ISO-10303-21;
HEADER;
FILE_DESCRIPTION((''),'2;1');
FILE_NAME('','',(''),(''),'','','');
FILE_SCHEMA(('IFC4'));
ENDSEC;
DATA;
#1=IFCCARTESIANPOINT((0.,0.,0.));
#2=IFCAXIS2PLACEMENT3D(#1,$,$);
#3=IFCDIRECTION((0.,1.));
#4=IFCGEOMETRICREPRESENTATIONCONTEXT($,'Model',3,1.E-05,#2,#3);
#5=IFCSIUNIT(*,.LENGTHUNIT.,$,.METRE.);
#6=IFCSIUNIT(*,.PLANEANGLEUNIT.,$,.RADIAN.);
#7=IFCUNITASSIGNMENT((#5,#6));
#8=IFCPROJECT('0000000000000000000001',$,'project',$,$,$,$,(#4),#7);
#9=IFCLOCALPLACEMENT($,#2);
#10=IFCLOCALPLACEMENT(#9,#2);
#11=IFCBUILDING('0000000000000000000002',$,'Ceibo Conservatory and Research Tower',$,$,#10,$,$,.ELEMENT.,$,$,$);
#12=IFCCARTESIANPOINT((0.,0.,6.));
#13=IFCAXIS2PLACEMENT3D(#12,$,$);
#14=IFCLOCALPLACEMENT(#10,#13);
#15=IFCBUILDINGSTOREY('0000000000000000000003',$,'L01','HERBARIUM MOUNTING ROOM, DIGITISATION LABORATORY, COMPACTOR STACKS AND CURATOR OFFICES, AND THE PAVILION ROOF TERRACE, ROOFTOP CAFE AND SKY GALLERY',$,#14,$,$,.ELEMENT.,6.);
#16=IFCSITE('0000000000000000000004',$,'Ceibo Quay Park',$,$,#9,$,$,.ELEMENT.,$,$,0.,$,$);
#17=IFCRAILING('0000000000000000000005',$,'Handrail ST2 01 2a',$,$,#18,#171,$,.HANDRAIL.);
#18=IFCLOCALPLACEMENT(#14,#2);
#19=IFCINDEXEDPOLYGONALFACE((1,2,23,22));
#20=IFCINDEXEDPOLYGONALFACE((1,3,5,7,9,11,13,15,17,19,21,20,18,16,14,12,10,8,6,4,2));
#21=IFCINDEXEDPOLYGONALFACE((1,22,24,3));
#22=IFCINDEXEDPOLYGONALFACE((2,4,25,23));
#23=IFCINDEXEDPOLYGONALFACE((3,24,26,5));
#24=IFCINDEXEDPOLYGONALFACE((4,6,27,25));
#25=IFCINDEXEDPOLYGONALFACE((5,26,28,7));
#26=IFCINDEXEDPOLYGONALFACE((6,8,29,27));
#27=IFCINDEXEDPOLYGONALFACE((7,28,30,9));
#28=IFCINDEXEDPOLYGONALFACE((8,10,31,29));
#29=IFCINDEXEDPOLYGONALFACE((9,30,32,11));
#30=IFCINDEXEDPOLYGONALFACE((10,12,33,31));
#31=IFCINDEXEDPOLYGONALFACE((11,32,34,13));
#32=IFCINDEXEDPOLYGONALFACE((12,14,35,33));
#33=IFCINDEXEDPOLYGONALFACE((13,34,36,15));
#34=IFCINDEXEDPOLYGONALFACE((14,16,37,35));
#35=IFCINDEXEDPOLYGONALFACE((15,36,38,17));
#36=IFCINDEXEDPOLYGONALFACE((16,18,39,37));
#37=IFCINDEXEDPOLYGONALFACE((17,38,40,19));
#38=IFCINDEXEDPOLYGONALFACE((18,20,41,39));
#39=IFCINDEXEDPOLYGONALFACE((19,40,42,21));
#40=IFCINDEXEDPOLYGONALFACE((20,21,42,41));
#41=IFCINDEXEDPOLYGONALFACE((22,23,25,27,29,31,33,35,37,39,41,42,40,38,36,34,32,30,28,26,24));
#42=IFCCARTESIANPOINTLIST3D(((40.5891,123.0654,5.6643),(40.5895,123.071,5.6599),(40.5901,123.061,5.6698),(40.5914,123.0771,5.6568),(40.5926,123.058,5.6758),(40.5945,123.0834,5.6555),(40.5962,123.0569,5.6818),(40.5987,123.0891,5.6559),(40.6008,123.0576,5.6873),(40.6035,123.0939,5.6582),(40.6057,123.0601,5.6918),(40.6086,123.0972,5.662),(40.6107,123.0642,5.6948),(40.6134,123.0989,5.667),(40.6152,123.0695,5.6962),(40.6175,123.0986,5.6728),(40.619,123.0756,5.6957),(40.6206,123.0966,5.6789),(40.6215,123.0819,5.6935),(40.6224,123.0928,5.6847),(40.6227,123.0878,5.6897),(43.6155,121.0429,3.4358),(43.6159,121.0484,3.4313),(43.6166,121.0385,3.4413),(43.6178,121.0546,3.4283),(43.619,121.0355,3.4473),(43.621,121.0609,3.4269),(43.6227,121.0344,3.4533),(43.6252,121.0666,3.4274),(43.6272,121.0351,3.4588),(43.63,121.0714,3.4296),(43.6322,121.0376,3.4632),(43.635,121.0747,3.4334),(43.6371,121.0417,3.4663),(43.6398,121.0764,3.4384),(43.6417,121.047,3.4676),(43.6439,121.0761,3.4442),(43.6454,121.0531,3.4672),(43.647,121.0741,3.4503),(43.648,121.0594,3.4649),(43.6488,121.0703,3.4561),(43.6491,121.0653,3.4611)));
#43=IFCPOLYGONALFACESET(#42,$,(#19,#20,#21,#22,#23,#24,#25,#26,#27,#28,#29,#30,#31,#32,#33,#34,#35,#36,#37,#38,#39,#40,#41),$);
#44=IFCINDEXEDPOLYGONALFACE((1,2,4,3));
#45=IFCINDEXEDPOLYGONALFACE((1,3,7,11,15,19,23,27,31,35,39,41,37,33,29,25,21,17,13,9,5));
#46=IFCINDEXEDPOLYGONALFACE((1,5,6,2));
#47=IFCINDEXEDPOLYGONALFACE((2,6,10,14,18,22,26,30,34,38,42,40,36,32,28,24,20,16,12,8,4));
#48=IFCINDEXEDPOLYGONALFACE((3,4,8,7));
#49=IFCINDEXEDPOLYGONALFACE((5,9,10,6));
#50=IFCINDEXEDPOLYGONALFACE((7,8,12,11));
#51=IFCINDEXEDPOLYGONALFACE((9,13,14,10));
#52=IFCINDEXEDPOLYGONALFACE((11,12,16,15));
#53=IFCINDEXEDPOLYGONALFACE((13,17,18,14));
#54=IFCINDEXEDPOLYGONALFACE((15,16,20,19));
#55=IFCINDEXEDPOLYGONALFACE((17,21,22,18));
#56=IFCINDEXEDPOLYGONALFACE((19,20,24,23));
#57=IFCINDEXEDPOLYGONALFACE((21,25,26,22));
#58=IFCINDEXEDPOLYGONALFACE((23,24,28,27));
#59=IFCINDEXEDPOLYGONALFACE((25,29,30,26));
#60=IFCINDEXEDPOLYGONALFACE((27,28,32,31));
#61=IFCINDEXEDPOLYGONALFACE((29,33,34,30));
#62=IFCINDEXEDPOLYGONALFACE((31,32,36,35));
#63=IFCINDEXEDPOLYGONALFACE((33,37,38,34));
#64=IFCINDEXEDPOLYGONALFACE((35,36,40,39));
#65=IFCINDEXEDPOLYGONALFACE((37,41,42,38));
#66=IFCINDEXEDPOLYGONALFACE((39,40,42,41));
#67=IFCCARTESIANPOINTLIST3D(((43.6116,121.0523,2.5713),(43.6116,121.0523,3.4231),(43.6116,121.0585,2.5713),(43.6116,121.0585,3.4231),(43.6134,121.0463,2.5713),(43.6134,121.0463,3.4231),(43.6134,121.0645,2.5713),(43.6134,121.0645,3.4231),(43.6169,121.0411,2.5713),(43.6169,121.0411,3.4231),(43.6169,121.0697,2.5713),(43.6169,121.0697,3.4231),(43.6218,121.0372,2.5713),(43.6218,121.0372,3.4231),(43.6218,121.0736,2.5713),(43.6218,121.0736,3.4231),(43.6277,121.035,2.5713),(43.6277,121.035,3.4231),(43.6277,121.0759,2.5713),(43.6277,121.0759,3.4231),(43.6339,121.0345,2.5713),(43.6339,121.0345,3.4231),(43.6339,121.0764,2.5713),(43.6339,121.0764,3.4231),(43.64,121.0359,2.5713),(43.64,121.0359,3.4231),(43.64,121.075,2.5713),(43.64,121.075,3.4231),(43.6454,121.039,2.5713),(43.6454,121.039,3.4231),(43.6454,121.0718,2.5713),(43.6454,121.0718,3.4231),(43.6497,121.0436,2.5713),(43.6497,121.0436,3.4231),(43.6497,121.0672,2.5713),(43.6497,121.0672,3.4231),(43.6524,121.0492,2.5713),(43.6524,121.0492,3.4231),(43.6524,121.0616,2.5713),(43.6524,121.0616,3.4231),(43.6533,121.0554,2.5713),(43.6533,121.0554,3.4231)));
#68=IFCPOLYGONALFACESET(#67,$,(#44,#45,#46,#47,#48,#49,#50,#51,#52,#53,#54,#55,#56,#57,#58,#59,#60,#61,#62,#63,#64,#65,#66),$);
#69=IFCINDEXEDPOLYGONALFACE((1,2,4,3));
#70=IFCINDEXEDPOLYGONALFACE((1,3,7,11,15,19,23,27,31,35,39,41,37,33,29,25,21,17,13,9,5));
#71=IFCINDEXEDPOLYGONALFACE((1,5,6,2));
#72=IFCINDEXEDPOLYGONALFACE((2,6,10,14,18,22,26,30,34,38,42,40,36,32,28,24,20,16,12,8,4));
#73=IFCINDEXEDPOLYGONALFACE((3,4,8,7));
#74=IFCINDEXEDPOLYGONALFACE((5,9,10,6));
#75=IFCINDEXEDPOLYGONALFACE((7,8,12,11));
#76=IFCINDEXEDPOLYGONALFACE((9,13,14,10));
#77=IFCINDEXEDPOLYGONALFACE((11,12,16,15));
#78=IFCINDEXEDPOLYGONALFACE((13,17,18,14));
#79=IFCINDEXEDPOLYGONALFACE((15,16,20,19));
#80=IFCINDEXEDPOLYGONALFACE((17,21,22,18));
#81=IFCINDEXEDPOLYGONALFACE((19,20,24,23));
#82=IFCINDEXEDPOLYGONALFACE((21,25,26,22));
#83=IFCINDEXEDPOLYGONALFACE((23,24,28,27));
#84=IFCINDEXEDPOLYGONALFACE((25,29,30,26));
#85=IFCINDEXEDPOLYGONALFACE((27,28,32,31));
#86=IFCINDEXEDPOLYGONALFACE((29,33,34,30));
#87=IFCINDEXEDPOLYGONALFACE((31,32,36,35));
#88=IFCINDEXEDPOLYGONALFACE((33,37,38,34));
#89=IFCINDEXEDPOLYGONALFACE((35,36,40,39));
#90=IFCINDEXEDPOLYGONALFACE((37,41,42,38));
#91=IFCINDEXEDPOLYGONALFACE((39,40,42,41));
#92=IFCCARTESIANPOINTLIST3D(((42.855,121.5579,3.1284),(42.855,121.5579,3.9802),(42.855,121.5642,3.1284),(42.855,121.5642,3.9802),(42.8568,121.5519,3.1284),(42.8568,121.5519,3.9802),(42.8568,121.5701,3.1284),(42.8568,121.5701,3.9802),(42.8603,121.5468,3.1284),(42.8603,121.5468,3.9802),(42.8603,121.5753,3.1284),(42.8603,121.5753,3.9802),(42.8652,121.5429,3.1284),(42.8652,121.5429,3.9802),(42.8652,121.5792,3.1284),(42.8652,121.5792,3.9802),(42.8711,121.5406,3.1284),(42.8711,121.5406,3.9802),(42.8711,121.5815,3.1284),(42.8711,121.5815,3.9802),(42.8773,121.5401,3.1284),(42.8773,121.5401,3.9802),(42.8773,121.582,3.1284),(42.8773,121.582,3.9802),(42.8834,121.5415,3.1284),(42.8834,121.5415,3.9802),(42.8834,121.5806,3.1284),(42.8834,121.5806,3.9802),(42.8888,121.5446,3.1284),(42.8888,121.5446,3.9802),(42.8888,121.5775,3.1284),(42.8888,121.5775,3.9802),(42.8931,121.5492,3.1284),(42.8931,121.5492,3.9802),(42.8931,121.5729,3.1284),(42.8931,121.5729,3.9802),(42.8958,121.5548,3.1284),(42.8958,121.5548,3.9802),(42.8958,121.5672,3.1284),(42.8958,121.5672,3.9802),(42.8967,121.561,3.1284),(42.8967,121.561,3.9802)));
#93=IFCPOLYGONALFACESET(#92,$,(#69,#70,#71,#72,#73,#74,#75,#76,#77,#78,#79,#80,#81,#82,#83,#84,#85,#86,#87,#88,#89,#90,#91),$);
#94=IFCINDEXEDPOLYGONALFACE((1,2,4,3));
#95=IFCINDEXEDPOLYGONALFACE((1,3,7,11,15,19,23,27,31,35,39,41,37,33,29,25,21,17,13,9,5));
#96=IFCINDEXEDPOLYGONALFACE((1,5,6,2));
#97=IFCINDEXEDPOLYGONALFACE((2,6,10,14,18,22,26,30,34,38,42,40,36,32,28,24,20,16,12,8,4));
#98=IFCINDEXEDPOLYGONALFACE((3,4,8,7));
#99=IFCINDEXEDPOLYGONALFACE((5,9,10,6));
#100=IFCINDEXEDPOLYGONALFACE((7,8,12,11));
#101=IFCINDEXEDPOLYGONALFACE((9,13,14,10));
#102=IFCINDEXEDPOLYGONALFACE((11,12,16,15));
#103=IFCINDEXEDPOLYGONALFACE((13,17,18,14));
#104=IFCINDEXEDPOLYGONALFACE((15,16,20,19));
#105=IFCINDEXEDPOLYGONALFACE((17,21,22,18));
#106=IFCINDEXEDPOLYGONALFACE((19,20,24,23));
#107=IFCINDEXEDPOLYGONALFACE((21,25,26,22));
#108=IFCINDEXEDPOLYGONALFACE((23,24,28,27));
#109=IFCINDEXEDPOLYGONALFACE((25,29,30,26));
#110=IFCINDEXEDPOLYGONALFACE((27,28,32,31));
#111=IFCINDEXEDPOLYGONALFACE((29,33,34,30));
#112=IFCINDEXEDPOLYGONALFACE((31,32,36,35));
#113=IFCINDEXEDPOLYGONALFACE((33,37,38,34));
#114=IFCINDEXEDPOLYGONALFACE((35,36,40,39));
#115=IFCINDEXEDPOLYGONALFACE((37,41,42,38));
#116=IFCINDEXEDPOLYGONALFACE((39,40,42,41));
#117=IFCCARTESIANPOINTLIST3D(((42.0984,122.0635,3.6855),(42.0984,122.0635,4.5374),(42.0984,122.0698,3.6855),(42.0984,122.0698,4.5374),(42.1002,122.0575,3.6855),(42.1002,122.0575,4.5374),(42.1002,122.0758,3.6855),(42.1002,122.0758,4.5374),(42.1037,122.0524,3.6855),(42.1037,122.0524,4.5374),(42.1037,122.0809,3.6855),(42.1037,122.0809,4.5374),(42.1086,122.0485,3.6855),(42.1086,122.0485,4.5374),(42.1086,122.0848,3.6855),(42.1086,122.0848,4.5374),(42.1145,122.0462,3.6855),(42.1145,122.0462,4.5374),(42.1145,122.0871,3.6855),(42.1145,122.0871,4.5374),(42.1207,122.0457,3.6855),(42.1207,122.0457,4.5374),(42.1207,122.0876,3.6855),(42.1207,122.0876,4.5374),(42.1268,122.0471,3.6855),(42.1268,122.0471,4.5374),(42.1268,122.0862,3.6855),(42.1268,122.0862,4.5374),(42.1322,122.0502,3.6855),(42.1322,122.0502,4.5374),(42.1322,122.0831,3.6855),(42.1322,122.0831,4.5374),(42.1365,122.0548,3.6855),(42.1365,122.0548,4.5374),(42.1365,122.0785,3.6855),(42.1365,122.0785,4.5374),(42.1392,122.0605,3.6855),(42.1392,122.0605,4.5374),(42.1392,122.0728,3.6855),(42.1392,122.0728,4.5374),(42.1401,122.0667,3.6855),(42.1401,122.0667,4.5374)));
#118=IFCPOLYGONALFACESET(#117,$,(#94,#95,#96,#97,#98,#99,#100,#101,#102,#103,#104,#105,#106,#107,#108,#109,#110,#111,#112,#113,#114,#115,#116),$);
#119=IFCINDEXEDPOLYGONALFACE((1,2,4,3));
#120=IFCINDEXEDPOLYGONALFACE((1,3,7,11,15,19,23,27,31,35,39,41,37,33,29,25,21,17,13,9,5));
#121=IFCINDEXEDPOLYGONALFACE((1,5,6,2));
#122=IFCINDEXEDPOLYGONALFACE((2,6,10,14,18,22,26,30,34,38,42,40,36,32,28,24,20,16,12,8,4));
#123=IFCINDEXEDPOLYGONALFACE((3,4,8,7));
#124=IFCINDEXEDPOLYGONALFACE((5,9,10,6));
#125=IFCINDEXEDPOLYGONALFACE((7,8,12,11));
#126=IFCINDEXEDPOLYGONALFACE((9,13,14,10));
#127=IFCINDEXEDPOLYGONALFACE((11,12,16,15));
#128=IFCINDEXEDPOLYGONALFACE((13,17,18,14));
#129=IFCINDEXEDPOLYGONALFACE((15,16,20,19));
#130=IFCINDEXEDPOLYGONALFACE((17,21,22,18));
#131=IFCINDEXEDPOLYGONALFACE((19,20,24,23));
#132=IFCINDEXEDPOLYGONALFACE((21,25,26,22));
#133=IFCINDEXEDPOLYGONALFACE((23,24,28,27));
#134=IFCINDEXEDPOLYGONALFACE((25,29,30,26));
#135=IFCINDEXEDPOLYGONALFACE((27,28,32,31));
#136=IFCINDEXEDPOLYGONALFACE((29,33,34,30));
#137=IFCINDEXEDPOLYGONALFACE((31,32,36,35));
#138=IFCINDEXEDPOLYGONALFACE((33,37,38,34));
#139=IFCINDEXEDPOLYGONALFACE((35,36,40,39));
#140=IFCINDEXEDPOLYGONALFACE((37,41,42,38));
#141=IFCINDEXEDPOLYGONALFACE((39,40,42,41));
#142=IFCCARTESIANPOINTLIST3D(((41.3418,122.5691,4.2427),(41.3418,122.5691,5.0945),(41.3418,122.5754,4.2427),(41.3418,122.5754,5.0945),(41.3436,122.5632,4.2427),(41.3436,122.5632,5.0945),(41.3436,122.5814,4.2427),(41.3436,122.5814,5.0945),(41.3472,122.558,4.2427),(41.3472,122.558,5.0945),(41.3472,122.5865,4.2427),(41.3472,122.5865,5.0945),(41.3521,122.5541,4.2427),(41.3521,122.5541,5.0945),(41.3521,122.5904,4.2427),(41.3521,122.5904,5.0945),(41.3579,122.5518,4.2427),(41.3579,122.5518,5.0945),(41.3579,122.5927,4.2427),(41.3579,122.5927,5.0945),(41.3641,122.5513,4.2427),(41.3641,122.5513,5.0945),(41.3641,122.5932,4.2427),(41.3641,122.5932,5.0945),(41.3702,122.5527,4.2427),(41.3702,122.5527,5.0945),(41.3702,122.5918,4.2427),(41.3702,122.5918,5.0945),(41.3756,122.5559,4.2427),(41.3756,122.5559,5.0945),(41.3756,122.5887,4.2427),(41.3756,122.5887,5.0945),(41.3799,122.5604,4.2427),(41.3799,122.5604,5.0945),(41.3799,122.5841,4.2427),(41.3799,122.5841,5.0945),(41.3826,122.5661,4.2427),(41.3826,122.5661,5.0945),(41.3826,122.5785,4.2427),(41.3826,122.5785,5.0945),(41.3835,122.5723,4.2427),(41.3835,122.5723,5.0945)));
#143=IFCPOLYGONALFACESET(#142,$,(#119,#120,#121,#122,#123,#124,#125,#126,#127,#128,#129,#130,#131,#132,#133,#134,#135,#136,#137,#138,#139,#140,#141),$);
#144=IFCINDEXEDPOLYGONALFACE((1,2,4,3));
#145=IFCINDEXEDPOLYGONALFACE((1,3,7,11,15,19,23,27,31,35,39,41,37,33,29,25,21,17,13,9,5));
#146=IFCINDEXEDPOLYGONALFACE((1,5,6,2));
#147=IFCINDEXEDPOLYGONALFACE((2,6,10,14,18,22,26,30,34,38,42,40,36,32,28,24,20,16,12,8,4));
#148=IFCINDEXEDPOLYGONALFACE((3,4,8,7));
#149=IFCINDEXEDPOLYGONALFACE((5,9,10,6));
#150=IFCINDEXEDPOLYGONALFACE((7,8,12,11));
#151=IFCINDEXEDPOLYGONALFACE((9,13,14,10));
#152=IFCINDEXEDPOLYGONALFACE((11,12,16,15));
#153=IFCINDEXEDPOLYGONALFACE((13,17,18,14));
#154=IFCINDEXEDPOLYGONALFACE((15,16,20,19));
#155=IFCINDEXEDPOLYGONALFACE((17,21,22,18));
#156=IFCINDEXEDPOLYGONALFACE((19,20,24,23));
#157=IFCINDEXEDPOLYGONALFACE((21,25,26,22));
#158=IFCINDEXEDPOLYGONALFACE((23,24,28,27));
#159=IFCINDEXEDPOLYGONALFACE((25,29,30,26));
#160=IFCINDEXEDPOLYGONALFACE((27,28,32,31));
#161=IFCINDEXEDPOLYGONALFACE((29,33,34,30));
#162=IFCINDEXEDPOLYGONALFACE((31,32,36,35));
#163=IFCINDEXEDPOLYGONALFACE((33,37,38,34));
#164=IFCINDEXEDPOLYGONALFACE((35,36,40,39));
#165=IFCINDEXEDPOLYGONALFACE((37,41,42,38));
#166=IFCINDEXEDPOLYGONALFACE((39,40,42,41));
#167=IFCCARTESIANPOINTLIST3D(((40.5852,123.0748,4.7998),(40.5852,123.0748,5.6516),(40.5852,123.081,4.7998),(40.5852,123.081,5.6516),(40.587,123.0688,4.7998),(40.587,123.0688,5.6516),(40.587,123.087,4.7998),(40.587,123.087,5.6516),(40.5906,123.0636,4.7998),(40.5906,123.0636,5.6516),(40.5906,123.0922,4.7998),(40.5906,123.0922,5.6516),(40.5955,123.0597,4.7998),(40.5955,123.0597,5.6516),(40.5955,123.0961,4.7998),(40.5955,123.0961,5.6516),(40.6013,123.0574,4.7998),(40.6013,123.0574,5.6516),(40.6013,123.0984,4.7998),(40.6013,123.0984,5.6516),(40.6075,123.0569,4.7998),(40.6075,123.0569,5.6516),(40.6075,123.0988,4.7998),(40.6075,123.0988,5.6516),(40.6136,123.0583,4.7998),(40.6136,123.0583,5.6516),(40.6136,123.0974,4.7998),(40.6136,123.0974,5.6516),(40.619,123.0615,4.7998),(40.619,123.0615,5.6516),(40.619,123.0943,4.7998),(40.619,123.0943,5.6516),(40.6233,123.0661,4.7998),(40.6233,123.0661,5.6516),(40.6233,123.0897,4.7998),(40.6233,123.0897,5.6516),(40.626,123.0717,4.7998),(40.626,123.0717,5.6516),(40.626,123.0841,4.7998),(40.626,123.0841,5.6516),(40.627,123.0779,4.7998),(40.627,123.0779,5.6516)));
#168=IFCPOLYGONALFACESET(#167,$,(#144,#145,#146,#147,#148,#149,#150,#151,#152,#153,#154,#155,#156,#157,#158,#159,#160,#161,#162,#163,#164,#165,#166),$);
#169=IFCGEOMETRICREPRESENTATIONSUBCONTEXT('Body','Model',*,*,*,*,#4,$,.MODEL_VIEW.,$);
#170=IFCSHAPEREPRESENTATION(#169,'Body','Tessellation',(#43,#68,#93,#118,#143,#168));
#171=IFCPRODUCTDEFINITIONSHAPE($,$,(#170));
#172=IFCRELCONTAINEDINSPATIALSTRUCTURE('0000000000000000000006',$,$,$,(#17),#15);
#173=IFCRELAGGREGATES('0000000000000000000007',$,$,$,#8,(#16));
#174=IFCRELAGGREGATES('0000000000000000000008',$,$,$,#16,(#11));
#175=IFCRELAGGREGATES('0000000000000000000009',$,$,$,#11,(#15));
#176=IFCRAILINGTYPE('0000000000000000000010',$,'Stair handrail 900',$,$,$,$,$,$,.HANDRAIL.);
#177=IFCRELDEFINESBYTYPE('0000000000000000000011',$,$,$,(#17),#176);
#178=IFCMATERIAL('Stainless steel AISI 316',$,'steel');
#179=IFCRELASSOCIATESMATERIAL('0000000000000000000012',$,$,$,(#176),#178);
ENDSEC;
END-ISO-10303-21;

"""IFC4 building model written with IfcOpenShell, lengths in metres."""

from ifc_helpers import new_model, si_unit, direction, frame, origin, origin_2d, place, context, subcontext, project, spatial, circle, extrude, material, type_object, element, save


model = new_model("IFC4")

# Units and contexts
model_context = context("Model", 3, precision=1e-05, world=origin(), true_north=direction((0.0, 1.0)))
body_context = subcontext(model_context, "Body", "Model", "MODEL_VIEW")
ifc_project = project(units=[si_unit("LENGTHUNIT", "METRE"), si_unit("PLANEANGLEUNIT", "RADIAN")], contexts=[model_context])

# Site, building, storey
site_placement = place(None, origin())
site = spatial("IfcSite", under=ifc_project, at=site_placement, Name="Ceibo Quay Park", CompositionType="ELEMENT", RefElevation=0.0)
building_placement = place(site_placement, origin())
building = spatial("IfcBuilding", under=site, at=building_placement, Name="Ceibo Conservatory and Research Tower", CompositionType="ELEMENT")
storey_placement = place(building_placement, frame((0.0, 0.0, 6.0)))
storey = spatial("IfcBuildingStorey", under=building, at=storey_placement, Name="L01", Description="HERBARIUM MOUNTING ROOM, DIGITISATION LABORATORY, COMPACTOR STACKS AND CURATOR OFFICES, AND THE PAVILION ROOF TERRACE, ROOFTOP CAFE AND SKY GALLERY", CompositionType="ELEMENT", Elevation=6.0)

# Shared definitions
ifc_material_1 = material(Name="Stainless steel AISI 316", Category="steel")

# Railing
railing_type = type_object("IfcRailingType", Name="Stair handrail 900", PredefinedType="HANDRAIL", material=ifc_material_1)
railing_1_placement = place(storey_placement, frame((43.6323, 121.0554, 2.5713)))
element("IfcRailing", 1, at=railing_1_placement, inside=storey, type_object=railing_type, Name="Handrail ST2 01 2a", PredefinedType="HANDRAIL", context=body_context, shape_type="SweptSolid", body=[
    extrude(circle(Radius=0.0239, at=origin_2d()), frame((0.0, 0.0, 0.876), z_axis=(-0.709089, 0.47387, 0.522149), x_axis=(-0.555629, -0.831431, 0.0)), (0.0, 0.0, 1.0), 4.2681),
    extrude(circle(Radius=0.021, at=origin_2d()), origin(), (0.0, 0.0, 1.0), 0.8518),
    extrude(circle(Radius=0.021, at=origin_2d()), frame((-0.7566, 0.5056, 0.5571)), (0.0, 0.0, 1.0), 0.8518),
    extrude(circle(Radius=0.021, at=origin_2d()), frame((-1.5132, 1.0112, 1.1143)), (0.0, 0.0, 1.0), 0.8518),
    extrude(circle(Radius=0.021, at=origin_2d()), frame((-2.2698, 1.5168, 1.6714)), (0.0, 0.0, 1.0), 0.8518),
    extrude(circle(Radius=0.021, at=origin_2d()), frame((-3.0264, 2.0225, 2.2285)), (0.0, 0.0, 1.0), 0.8518),
])

save(model, "model.ifc")
